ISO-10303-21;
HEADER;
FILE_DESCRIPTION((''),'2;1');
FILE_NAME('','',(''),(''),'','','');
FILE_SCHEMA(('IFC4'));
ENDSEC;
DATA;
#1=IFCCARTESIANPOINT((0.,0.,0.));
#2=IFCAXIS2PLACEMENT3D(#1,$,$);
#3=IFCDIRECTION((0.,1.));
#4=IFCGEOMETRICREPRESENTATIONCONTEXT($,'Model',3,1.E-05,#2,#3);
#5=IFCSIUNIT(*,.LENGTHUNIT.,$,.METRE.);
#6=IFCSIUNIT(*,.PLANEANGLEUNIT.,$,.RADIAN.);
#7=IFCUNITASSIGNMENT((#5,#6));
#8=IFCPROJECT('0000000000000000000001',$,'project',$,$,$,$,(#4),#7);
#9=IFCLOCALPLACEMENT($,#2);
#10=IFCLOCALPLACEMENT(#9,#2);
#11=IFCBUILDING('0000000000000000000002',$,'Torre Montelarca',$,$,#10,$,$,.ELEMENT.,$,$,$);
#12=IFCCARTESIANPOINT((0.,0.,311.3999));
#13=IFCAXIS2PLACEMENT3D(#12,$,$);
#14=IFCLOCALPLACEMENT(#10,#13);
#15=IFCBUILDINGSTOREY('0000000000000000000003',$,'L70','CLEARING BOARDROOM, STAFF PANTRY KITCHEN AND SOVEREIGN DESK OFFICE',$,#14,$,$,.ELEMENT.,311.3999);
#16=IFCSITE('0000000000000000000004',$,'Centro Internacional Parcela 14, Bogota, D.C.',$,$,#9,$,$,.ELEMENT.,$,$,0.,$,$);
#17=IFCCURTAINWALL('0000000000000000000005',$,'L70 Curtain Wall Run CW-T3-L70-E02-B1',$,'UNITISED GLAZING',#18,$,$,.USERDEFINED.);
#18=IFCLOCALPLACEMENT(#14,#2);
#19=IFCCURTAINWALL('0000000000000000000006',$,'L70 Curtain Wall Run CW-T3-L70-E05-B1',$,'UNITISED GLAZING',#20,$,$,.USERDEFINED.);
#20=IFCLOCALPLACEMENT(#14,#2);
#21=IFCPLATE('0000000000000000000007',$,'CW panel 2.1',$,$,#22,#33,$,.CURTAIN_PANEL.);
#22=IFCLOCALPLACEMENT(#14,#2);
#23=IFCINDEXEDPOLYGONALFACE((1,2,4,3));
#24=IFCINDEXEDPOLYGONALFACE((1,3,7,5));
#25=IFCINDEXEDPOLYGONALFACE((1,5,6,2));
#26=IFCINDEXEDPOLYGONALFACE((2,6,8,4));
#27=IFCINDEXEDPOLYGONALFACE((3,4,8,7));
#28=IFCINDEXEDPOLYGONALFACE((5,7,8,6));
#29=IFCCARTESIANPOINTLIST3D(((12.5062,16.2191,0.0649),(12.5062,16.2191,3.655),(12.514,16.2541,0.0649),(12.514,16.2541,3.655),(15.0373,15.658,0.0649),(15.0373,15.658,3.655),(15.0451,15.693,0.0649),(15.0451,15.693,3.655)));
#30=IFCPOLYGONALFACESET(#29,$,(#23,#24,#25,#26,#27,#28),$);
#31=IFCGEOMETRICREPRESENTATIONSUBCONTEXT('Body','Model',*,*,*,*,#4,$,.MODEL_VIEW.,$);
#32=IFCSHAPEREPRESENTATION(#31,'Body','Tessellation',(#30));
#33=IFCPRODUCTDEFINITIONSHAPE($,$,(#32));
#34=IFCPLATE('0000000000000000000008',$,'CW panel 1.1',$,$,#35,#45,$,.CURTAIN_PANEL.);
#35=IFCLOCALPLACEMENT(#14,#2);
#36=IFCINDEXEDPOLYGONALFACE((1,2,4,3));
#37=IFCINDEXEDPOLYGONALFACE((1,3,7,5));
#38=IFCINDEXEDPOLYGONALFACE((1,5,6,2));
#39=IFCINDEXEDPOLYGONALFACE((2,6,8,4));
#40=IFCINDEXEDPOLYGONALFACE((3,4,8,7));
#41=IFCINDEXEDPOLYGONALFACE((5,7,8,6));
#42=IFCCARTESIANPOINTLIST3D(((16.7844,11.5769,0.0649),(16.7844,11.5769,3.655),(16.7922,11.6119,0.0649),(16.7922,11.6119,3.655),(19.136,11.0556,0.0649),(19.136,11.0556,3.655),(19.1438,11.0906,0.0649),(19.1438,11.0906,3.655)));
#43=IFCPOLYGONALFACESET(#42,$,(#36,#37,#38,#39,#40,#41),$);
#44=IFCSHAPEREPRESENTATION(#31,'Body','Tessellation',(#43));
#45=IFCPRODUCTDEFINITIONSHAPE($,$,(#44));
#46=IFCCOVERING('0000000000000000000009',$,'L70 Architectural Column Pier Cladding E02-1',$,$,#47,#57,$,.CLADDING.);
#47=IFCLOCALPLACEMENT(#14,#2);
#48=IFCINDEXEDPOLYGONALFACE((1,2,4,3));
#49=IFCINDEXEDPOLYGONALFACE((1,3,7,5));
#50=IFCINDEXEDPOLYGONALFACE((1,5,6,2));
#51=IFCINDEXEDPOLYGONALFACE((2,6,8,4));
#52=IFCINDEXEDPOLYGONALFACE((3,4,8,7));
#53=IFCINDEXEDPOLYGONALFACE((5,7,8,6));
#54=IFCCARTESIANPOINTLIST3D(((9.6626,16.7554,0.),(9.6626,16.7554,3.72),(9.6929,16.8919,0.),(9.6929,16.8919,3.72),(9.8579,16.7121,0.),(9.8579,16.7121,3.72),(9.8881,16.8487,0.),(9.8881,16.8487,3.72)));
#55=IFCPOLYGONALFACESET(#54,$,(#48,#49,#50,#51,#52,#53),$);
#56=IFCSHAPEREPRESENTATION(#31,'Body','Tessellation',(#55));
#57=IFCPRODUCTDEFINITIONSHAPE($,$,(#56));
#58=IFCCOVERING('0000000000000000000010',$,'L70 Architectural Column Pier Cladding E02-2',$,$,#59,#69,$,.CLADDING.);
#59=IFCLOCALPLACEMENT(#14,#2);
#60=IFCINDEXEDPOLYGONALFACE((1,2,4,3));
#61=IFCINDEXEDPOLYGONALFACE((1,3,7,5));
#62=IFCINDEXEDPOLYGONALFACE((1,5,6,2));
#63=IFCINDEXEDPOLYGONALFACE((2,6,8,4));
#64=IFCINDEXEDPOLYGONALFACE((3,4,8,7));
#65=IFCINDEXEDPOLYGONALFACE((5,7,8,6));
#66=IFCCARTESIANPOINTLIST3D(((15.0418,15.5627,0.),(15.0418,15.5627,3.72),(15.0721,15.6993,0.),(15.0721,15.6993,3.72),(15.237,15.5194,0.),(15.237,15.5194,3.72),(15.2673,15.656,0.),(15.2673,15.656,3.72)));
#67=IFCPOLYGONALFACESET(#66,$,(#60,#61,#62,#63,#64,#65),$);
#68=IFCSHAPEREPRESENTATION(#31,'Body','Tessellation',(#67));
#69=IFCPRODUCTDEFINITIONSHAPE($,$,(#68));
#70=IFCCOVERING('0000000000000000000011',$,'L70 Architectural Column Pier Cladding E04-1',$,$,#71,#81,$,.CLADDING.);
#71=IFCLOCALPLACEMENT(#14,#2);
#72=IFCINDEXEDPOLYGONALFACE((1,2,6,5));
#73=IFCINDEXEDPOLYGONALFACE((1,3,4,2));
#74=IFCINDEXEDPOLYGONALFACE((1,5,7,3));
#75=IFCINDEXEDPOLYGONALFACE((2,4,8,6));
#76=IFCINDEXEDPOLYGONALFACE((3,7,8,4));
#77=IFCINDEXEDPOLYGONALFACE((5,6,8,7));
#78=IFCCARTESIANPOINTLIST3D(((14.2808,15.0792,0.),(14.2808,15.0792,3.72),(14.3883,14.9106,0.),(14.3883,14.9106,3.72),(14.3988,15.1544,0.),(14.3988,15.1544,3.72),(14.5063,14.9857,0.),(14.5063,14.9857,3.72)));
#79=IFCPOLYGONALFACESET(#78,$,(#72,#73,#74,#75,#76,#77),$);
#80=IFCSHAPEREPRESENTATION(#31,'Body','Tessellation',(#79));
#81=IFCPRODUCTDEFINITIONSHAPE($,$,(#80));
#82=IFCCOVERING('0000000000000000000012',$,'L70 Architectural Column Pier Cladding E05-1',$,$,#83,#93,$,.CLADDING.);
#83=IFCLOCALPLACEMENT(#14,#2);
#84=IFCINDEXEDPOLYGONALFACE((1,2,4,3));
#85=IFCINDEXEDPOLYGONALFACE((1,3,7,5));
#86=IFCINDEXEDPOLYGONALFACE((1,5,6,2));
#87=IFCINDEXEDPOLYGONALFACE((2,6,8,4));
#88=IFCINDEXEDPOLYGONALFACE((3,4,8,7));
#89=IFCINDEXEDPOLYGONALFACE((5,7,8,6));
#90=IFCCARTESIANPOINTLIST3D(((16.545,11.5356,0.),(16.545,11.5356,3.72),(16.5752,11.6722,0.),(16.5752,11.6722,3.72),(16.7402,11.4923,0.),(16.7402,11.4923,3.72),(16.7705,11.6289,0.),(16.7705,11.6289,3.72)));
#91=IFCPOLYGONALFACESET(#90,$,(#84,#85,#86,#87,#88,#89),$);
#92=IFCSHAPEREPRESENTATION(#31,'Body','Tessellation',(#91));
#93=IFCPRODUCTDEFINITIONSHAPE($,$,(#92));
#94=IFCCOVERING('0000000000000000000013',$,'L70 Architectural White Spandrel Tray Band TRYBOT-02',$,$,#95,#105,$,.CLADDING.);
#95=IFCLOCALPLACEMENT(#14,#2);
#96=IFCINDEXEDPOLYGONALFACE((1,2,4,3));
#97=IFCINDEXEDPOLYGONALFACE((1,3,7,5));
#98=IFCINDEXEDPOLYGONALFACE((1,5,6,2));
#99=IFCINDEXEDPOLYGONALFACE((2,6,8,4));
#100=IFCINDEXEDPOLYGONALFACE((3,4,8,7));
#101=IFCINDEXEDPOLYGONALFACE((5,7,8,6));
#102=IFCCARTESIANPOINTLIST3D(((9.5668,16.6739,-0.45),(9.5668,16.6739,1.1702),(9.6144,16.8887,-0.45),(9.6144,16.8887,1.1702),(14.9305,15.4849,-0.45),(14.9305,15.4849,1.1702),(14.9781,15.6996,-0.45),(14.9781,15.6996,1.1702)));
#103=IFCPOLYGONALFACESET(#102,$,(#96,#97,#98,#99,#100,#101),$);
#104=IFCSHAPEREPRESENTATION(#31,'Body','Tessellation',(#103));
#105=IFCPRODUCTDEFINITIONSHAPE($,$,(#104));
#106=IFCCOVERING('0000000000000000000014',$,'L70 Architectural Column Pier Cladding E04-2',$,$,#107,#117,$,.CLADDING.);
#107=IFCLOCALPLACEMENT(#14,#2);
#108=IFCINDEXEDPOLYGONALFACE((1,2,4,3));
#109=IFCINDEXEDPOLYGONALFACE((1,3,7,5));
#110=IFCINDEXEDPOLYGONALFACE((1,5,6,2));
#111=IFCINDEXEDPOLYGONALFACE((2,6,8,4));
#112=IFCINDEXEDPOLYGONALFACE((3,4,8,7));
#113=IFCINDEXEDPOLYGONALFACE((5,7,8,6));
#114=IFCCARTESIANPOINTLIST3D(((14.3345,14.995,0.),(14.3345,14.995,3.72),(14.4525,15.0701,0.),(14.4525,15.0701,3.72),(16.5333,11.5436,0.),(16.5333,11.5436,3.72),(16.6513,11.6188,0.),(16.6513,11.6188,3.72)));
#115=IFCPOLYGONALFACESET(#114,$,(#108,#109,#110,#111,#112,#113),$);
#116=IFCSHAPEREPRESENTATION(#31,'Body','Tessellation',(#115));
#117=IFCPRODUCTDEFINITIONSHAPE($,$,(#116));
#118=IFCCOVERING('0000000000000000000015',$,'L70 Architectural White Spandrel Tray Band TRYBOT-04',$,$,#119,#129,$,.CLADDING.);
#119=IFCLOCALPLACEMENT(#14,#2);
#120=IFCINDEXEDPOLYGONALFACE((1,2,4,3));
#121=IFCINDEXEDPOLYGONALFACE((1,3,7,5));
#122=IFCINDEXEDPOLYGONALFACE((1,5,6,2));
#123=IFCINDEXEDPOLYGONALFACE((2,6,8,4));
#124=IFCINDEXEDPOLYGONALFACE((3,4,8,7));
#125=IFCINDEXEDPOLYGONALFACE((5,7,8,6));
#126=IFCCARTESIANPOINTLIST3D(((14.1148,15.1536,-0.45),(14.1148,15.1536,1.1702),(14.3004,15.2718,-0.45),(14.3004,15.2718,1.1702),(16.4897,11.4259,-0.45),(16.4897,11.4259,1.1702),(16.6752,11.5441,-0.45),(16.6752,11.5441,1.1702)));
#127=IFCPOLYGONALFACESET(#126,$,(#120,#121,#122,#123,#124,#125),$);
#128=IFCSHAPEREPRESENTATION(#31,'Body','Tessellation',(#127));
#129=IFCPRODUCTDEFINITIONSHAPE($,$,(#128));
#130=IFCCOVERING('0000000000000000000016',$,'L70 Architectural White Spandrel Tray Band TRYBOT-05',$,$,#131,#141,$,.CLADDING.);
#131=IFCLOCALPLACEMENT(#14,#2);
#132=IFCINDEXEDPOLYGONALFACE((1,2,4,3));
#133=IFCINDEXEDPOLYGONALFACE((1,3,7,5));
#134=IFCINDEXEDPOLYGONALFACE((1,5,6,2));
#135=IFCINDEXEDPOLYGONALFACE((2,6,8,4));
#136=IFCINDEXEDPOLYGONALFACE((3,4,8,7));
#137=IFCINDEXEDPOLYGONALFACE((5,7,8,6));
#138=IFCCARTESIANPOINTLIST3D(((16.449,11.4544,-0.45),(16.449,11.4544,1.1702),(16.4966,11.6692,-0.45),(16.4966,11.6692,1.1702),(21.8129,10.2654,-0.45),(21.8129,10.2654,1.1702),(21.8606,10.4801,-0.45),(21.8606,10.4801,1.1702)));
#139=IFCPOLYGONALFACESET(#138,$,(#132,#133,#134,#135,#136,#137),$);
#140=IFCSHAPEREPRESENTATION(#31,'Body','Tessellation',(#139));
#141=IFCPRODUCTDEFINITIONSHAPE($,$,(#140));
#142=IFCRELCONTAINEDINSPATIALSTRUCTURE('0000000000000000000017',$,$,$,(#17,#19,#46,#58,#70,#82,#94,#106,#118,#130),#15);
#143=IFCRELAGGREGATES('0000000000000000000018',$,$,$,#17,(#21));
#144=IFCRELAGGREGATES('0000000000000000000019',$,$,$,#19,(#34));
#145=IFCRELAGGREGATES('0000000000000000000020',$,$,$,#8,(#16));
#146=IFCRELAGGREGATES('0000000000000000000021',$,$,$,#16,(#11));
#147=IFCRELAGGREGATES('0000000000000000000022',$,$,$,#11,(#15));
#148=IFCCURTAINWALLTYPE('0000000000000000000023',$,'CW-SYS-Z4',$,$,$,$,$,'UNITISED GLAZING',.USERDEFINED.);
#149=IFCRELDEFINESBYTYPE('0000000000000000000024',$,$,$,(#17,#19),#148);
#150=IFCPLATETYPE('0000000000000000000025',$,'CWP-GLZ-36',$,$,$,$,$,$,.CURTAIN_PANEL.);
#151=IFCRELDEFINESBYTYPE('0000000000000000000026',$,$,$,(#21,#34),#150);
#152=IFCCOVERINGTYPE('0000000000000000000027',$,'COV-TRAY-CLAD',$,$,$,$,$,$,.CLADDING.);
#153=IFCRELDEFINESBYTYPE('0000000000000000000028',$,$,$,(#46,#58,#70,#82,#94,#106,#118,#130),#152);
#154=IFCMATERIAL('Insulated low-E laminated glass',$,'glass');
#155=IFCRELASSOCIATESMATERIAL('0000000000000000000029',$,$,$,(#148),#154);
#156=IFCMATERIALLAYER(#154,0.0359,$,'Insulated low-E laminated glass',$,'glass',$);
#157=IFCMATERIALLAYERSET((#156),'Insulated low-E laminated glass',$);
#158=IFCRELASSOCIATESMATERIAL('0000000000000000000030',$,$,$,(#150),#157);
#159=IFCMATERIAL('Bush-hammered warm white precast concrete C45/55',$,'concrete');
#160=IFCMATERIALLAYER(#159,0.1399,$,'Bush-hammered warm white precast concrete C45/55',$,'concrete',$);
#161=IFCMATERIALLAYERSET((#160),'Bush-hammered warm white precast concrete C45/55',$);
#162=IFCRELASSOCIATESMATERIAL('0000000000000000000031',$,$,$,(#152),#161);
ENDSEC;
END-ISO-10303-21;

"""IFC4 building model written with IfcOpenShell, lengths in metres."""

from ifc_helpers import new_model, si_unit, direction, frame, origin, origin_2d, place, context, subcontext, project, spatial, rectangle, extrude, source, transform, mapped, material, layer, layer_set, type_object, element, aggregate, save


model = new_model("IFC4")

# Units and contexts
model_context = context("Model", 3, precision=1e-05, world=origin(), true_north=direction((0.0, 1.0)))
body_context = subcontext(model_context, "Body", "Model", "MODEL_VIEW")
ifc_project = project(units=[si_unit("LENGTHUNIT", "METRE"), si_unit("PLANEANGLEUNIT", "RADIAN")], contexts=[model_context])

# Site, building, storey
site_placement = place(None, origin())
site = spatial("IfcSite", under=ifc_project, at=site_placement, Name="Centro Internacional Parcela 14, Bogota, D.C.", CompositionType="ELEMENT", RefElevation=0.0)
building_placement = place(site_placement, origin())
building = spatial("IfcBuilding", under=site, at=building_placement, Name="Torre Montelarca", CompositionType="ELEMENT")
storey_placement = place(building_placement, frame((0.0, 0.0, 311.3999)))
storey = spatial("IfcBuildingStorey", under=building, at=storey_placement, Name="L70", Description="CLEARING BOARDROOM, STAFF PANTRY KITCHEN AND SOVEREIGN DESK OFFICE", CompositionType="ELEMENT", Elevation=311.3999)

# Curtain walls
ifc_material_1 = material(Name="Insulated low-E laminated glass", Category="glass")
curtain_wall_type = type_object("IfcCurtainWallType", Name="CW-SYS-Z4", ElementType="UNITISED GLAZING", PredefinedType="USERDEFINED", material=ifc_material_1)
curtain_wall_1_placement = place(storey_placement, origin())
curtain_wall_1 = element("IfcCurtainWall", 1, at=curtain_wall_1_placement, inside=storey, type_object=curtain_wall_type, Name="L70 Curtain Wall Run CW-T3-L70-E02-B1", ObjectType="UNITISED GLAZING", PredefinedType="USERDEFINED")
curtain_wall_2_placement = place(storey_placement, origin())
curtain_wall_2 = element("IfcCurtainWall", 2, at=curtain_wall_2_placement, inside=storey, type_object=curtain_wall_type, Name="L70 Curtain Wall Run CW-T3-L70-E05-B1", ObjectType="UNITISED GLAZING", PredefinedType="USERDEFINED")

# Plates
ifc_layer_1 = layer(ifc_material_1, 0.0359, Name="Insulated low-E laminated glass", Category="glass")
ifc_layer_set_1 = layer_set([ifc_layer_1], Name="Insulated low-E laminated glass")
plate_type = type_object("IfcPlateType", Name="CWP-GLZ-36", PredefinedType="CURTAIN_PANEL", material=ifc_layer_set_1)
shared_shape_1 = source(origin(), body_context, "Body", "SweptSolid", [
    extrude(rectangle(XDim=2.5925, YDim=0.0359, at=origin_2d()), origin(), (0.0, 0.0, 1.0), 3.5901),
])
plate_1_placement = place(storey_placement, frame((13.7756, 15.9561, 0.0649), z_axis=(0.0, 0.0, 1.0), x_axis=(0.976294, -0.216449, 0.0)))
plate_1 = element("IfcPlate", 3, at=plate_1_placement, type_object=plate_type, Name="CW panel 2.1", PredefinedType="CURTAIN_PANEL", context=body_context, shape_type="MappedRepresentation", body=[
    mapped(shared_shape_1, transform((0.0, 0.0, 0.0), scale=1.0)),
])
aggregate(curtain_wall_1, [plate_1])
shared_shape_2 = source(origin(), body_context, "Body", "SweptSolid", [
    extrude(rectangle(XDim=2.4087, YDim=0.0359, at=origin_2d()), origin(), (0.0, 0.0, 1.0), 3.5901),
])
plate_2_placement = place(storey_placement, frame((17.9641, 11.3337, 0.0649), z_axis=(0.0, 0.0, 1.0), x_axis=(0.976296, -0.216439, 0.0)))
plate_2 = element("IfcPlate", 4, at=plate_2_placement, type_object=plate_type, Name="CW panel 1.1", PredefinedType="CURTAIN_PANEL", context=body_context, shape_type="MappedRepresentation", body=[
    mapped(shared_shape_2, transform((0.0, 0.0, 0.0), scale=1.0)),
])
aggregate(curtain_wall_2, [plate_2])

# Coverings
ifc_material_2 = material(Name="Bush-hammered warm white precast concrete C45/55", Category="concrete")
ifc_layer_2 = layer(ifc_material_2, 0.1399, Name="Bush-hammered warm white precast concrete C45/55", Category="concrete")
ifc_layer_set_2 = layer_set([ifc_layer_2], Name="Bush-hammered warm white precast concrete C45/55")
covering_type = type_object("IfcCoveringType", Name="COV-TRAY-CLAD", PredefinedType="CLADDING", material=ifc_layer_set_2)
shared_shape_3 = source(origin(), body_context, "Body", "SweptSolid", [
    extrude(rectangle(XDim=0.2, YDim=0.1399, at=origin_2d()), origin(), (0.0, 0.0, 1.0), 3.72),
])
for number, where, z_axis, x_axis, name in (
    (5, (9.7754, 16.802, 0.0), (0.0, 0.0, 1.0), (0.976297, -0.216436, 0.0), "L70 Architectural Column Pier Cladding E02-1"),
    (6, (15.1545, 15.6094, 0.0), (0.0, 0.0, 1.0), (0.976297, -0.216436, 0.0), "L70 Architectural Column Pier Cladding E02-2"),
    (7, (14.3936, 15.0325, 0.0), (0.0, 0.0, 1.0), (0.537313, -0.843383, 0.0), "L70 Architectural Column Pier Cladding E04-1"),
    (8, (16.6577, 11.5823, 0.0), (0.0, 0.0, 1.0), (0.976299, -0.216426, 0.0), "L70 Architectural Column Pier Cladding E05-1"),
):
    element("IfcCovering", number, at=place(storey_placement, frame(where, z_axis=z_axis, x_axis=x_axis)), inside=storey, type_object=covering_type, Name=name, PredefinedType="CLADDING", context=body_context, shape_type="MappedRepresentation", body=[
        mapped(shared_shape_3, transform((0.0, 0.0, 0.0), scale=1.0)),
    ])
shared_shape_4 = source(origin(), body_context, "Body", "SweptSolid", [
    extrude(rectangle(XDim=5.4939, YDim=0.22, at=origin_2d()), origin(), (0.0, 0.0, 1.0), 1.6201),
])
covering_1_placement = place(storey_placement, frame((12.2725, 16.1868, -0.45), z_axis=(0.0, 0.0, 1.0), x_axis=(0.976298, -0.216433, 0.0)))
element("IfcCovering", 9, at=covering_1_placement, inside=storey, type_object=covering_type, Name="L70 Architectural White Spandrel Tray Band TRYBOT-02", PredefinedType="CLADDING", context=body_context, shape_type="MappedRepresentation", body=[
    mapped(shared_shape_4, transform((0.0, 0.0, 0.0), scale=1.0)),
])
shared_shape_5 = source(origin(), body_context, "Body", "SweptSolid", [
    extrude(rectangle(XDim=4.0923, YDim=0.1399, at=origin_2d()), origin(), (0.0, 0.0, 1.0), 3.72),
])
covering_2_placement = place(storey_placement, frame((15.4929, 13.3069, 0.0), z_axis=(0.0, 0.0, 1.0), x_axis=(0.537313, -0.843383, 0.0)))
element("IfcCovering", 10, at=covering_2_placement, inside=storey, type_object=covering_type, Name="L70 Architectural Column Pier Cladding E04-2", PredefinedType="CLADDING", context=body_context, shape_type="MappedRepresentation", body=[
    mapped(shared_shape_5, transform((0.0, 0.0, 0.0), scale=1.0)),
])
shared_shape_6 = source(origin(), body_context, "Body", "SweptSolid", [
    extrude(rectangle(XDim=4.4199, YDim=0.22, at=origin_2d()), origin(), (0.0, 0.0, 1.0), 1.6201),
])
covering_3_placement = place(storey_placement, frame((15.395, 13.3489, -0.45), z_axis=(0.0, 0.0, 1.0), x_axis=(0.5373, -0.843391, 0.0)))
element("IfcCovering", 11, at=covering_3_placement, inside=storey, type_object=covering_type, Name="L70 Architectural White Spandrel Tray Band TRYBOT-04", PredefinedType="CLADDING", context=body_context, shape_type="MappedRepresentation", body=[
    mapped(shared_shape_6, transform((0.0, 0.0, 0.0), scale=1.0)),
])
shared_shape_7 = source(origin(), body_context, "Body", "SweptSolid", [
    extrude(rectangle(XDim=5.4941, YDim=0.22, at=origin_2d()), origin(), (0.0, 0.0, 1.0), 1.6201),
])
covering_4_placement = place(storey_placement, frame((19.1548, 10.9673, -0.45), z_axis=(0.0, 0.0, 1.0), x_axis=(0.976299, -0.216428, 0.0)))
element("IfcCovering", 12, at=covering_4_placement, inside=storey, type_object=covering_type, Name="L70 Architectural White Spandrel Tray Band TRYBOT-05", PredefinedType="CLADDING", context=body_context, shape_type="MappedRepresentation", body=[
    mapped(shared_shape_7, transform((0.0, 0.0, 0.0), scale=1.0)),
])

save(model, "model.ifc")
